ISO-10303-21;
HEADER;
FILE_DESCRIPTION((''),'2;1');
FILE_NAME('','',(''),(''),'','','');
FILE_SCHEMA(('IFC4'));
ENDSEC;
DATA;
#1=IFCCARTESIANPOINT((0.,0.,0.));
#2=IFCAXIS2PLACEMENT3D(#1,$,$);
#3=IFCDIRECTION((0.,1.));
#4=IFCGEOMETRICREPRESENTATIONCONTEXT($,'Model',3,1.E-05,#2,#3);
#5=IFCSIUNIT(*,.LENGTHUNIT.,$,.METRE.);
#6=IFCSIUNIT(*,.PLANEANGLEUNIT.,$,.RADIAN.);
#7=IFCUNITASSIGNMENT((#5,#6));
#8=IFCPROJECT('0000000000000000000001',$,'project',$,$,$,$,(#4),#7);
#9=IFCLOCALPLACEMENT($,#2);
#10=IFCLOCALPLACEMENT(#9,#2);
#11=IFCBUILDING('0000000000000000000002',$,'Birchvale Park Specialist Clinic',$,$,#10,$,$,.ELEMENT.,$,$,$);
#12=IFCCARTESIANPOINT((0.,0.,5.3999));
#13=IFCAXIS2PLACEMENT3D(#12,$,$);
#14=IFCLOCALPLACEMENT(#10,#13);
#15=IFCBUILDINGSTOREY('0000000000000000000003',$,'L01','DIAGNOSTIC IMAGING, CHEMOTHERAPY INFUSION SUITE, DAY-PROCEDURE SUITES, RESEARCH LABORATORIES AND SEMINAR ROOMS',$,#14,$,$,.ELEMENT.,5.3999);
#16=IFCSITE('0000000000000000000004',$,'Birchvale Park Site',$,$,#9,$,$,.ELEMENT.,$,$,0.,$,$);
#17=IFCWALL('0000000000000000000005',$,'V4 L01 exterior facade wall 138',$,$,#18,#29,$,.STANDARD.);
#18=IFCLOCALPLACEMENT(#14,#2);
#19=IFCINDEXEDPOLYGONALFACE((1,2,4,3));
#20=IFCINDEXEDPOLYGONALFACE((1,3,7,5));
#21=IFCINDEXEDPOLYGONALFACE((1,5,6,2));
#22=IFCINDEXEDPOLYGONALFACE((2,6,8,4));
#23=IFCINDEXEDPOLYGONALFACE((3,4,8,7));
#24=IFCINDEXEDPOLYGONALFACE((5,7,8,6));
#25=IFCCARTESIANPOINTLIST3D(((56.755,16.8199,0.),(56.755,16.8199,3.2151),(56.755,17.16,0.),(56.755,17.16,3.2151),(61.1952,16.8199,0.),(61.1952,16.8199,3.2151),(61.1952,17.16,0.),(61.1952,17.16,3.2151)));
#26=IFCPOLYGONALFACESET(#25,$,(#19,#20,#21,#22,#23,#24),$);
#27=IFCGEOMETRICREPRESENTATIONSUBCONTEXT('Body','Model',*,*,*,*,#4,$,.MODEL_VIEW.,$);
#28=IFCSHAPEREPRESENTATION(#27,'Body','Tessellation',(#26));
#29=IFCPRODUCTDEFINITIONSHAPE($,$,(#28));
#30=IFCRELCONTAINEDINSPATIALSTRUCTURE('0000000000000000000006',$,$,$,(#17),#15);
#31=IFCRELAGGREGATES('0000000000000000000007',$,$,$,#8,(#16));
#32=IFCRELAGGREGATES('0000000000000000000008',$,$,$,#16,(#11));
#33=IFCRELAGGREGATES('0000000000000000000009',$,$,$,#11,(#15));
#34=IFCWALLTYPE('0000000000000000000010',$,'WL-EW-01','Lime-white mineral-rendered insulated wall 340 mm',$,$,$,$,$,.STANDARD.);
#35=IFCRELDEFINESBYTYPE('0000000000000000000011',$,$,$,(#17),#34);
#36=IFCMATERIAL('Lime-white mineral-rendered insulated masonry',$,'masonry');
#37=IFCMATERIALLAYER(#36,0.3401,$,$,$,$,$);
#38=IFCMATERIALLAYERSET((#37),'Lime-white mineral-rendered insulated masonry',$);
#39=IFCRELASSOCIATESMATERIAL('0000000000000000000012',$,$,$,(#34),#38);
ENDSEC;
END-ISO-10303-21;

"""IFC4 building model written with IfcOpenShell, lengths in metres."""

from ifc_helpers import new_model, si_unit, direction, frame, frame_2d, origin, place, context, subcontext, project, spatial, rectangle, extrude, material, layer, layer_set, type_object, element, save


model = new_model("IFC4")

# Units and contexts
model_context = context("Model", 3, precision=1e-05, world=origin(), true_north=direction((0.0, 1.0)))
body_context = subcontext(model_context, "Body", "Model", "MODEL_VIEW")
ifc_project = project(units=[si_unit("LENGTHUNIT", "METRE"), si_unit("PLANEANGLEUNIT", "RADIAN")], contexts=[model_context])

# Site, building, storey
site_placement = place(None, origin())
site = spatial("IfcSite", under=ifc_project, at=site_placement, Name="Birchvale Park Site", CompositionType="ELEMENT", RefElevation=0.0)
building_placement = place(site_placement, origin())
building = spatial("IfcBuilding", under=site, at=building_placement, Name="Birchvale Park Specialist Clinic", CompositionType="ELEMENT")
storey_placement = place(building_placement, frame((0.0, 0.0, 5.3999)))
storey = spatial("IfcBuildingStorey", under=building, at=storey_placement, Name="L01", Description="DIAGNOSTIC IMAGING, CHEMOTHERAPY INFUSION SUITE, DAY-PROCEDURE SUITES, RESEARCH LABORATORIES AND SEMINAR ROOMS", CompositionType="ELEMENT", Elevation=5.3999)

# Wall
ifc_material_1 = material(Name="Lime-white mineral-rendered insulated masonry", Category="masonry")
ifc_layer_1 = layer(ifc_material_1, 0.3401)
ifc_layer_set_1 = layer_set([ifc_layer_1], Name="Lime-white mineral-rendered insulated masonry")
wall_type = type_object("IfcWallType", Name="WL-EW-01", Description="Lime-white mineral-rendered insulated wall 340 mm", PredefinedType="STANDARD", material=ifc_layer_set_1)
wall_1_placement = place(storey_placement, frame((56.7549, 16.99, 0.0), z_axis=(0.0, 0.0, 1.0), x_axis=(1.0, 0.0, 0.0)))
element("IfcWall", 1, at=wall_1_placement, inside=storey, type_object=wall_type, Name="V4 L01 exterior facade wall 138", PredefinedType="STANDARD", context=body_context, shape_type="SweptSolid", body=[
    extrude(rectangle(XDim=4.4402, YDim=0.3401, at=frame_2d((2.2202, 0.0))), origin(), (0.0, 0.0, 1.0), 3.2151),
])

save(model, "model.ifc")
